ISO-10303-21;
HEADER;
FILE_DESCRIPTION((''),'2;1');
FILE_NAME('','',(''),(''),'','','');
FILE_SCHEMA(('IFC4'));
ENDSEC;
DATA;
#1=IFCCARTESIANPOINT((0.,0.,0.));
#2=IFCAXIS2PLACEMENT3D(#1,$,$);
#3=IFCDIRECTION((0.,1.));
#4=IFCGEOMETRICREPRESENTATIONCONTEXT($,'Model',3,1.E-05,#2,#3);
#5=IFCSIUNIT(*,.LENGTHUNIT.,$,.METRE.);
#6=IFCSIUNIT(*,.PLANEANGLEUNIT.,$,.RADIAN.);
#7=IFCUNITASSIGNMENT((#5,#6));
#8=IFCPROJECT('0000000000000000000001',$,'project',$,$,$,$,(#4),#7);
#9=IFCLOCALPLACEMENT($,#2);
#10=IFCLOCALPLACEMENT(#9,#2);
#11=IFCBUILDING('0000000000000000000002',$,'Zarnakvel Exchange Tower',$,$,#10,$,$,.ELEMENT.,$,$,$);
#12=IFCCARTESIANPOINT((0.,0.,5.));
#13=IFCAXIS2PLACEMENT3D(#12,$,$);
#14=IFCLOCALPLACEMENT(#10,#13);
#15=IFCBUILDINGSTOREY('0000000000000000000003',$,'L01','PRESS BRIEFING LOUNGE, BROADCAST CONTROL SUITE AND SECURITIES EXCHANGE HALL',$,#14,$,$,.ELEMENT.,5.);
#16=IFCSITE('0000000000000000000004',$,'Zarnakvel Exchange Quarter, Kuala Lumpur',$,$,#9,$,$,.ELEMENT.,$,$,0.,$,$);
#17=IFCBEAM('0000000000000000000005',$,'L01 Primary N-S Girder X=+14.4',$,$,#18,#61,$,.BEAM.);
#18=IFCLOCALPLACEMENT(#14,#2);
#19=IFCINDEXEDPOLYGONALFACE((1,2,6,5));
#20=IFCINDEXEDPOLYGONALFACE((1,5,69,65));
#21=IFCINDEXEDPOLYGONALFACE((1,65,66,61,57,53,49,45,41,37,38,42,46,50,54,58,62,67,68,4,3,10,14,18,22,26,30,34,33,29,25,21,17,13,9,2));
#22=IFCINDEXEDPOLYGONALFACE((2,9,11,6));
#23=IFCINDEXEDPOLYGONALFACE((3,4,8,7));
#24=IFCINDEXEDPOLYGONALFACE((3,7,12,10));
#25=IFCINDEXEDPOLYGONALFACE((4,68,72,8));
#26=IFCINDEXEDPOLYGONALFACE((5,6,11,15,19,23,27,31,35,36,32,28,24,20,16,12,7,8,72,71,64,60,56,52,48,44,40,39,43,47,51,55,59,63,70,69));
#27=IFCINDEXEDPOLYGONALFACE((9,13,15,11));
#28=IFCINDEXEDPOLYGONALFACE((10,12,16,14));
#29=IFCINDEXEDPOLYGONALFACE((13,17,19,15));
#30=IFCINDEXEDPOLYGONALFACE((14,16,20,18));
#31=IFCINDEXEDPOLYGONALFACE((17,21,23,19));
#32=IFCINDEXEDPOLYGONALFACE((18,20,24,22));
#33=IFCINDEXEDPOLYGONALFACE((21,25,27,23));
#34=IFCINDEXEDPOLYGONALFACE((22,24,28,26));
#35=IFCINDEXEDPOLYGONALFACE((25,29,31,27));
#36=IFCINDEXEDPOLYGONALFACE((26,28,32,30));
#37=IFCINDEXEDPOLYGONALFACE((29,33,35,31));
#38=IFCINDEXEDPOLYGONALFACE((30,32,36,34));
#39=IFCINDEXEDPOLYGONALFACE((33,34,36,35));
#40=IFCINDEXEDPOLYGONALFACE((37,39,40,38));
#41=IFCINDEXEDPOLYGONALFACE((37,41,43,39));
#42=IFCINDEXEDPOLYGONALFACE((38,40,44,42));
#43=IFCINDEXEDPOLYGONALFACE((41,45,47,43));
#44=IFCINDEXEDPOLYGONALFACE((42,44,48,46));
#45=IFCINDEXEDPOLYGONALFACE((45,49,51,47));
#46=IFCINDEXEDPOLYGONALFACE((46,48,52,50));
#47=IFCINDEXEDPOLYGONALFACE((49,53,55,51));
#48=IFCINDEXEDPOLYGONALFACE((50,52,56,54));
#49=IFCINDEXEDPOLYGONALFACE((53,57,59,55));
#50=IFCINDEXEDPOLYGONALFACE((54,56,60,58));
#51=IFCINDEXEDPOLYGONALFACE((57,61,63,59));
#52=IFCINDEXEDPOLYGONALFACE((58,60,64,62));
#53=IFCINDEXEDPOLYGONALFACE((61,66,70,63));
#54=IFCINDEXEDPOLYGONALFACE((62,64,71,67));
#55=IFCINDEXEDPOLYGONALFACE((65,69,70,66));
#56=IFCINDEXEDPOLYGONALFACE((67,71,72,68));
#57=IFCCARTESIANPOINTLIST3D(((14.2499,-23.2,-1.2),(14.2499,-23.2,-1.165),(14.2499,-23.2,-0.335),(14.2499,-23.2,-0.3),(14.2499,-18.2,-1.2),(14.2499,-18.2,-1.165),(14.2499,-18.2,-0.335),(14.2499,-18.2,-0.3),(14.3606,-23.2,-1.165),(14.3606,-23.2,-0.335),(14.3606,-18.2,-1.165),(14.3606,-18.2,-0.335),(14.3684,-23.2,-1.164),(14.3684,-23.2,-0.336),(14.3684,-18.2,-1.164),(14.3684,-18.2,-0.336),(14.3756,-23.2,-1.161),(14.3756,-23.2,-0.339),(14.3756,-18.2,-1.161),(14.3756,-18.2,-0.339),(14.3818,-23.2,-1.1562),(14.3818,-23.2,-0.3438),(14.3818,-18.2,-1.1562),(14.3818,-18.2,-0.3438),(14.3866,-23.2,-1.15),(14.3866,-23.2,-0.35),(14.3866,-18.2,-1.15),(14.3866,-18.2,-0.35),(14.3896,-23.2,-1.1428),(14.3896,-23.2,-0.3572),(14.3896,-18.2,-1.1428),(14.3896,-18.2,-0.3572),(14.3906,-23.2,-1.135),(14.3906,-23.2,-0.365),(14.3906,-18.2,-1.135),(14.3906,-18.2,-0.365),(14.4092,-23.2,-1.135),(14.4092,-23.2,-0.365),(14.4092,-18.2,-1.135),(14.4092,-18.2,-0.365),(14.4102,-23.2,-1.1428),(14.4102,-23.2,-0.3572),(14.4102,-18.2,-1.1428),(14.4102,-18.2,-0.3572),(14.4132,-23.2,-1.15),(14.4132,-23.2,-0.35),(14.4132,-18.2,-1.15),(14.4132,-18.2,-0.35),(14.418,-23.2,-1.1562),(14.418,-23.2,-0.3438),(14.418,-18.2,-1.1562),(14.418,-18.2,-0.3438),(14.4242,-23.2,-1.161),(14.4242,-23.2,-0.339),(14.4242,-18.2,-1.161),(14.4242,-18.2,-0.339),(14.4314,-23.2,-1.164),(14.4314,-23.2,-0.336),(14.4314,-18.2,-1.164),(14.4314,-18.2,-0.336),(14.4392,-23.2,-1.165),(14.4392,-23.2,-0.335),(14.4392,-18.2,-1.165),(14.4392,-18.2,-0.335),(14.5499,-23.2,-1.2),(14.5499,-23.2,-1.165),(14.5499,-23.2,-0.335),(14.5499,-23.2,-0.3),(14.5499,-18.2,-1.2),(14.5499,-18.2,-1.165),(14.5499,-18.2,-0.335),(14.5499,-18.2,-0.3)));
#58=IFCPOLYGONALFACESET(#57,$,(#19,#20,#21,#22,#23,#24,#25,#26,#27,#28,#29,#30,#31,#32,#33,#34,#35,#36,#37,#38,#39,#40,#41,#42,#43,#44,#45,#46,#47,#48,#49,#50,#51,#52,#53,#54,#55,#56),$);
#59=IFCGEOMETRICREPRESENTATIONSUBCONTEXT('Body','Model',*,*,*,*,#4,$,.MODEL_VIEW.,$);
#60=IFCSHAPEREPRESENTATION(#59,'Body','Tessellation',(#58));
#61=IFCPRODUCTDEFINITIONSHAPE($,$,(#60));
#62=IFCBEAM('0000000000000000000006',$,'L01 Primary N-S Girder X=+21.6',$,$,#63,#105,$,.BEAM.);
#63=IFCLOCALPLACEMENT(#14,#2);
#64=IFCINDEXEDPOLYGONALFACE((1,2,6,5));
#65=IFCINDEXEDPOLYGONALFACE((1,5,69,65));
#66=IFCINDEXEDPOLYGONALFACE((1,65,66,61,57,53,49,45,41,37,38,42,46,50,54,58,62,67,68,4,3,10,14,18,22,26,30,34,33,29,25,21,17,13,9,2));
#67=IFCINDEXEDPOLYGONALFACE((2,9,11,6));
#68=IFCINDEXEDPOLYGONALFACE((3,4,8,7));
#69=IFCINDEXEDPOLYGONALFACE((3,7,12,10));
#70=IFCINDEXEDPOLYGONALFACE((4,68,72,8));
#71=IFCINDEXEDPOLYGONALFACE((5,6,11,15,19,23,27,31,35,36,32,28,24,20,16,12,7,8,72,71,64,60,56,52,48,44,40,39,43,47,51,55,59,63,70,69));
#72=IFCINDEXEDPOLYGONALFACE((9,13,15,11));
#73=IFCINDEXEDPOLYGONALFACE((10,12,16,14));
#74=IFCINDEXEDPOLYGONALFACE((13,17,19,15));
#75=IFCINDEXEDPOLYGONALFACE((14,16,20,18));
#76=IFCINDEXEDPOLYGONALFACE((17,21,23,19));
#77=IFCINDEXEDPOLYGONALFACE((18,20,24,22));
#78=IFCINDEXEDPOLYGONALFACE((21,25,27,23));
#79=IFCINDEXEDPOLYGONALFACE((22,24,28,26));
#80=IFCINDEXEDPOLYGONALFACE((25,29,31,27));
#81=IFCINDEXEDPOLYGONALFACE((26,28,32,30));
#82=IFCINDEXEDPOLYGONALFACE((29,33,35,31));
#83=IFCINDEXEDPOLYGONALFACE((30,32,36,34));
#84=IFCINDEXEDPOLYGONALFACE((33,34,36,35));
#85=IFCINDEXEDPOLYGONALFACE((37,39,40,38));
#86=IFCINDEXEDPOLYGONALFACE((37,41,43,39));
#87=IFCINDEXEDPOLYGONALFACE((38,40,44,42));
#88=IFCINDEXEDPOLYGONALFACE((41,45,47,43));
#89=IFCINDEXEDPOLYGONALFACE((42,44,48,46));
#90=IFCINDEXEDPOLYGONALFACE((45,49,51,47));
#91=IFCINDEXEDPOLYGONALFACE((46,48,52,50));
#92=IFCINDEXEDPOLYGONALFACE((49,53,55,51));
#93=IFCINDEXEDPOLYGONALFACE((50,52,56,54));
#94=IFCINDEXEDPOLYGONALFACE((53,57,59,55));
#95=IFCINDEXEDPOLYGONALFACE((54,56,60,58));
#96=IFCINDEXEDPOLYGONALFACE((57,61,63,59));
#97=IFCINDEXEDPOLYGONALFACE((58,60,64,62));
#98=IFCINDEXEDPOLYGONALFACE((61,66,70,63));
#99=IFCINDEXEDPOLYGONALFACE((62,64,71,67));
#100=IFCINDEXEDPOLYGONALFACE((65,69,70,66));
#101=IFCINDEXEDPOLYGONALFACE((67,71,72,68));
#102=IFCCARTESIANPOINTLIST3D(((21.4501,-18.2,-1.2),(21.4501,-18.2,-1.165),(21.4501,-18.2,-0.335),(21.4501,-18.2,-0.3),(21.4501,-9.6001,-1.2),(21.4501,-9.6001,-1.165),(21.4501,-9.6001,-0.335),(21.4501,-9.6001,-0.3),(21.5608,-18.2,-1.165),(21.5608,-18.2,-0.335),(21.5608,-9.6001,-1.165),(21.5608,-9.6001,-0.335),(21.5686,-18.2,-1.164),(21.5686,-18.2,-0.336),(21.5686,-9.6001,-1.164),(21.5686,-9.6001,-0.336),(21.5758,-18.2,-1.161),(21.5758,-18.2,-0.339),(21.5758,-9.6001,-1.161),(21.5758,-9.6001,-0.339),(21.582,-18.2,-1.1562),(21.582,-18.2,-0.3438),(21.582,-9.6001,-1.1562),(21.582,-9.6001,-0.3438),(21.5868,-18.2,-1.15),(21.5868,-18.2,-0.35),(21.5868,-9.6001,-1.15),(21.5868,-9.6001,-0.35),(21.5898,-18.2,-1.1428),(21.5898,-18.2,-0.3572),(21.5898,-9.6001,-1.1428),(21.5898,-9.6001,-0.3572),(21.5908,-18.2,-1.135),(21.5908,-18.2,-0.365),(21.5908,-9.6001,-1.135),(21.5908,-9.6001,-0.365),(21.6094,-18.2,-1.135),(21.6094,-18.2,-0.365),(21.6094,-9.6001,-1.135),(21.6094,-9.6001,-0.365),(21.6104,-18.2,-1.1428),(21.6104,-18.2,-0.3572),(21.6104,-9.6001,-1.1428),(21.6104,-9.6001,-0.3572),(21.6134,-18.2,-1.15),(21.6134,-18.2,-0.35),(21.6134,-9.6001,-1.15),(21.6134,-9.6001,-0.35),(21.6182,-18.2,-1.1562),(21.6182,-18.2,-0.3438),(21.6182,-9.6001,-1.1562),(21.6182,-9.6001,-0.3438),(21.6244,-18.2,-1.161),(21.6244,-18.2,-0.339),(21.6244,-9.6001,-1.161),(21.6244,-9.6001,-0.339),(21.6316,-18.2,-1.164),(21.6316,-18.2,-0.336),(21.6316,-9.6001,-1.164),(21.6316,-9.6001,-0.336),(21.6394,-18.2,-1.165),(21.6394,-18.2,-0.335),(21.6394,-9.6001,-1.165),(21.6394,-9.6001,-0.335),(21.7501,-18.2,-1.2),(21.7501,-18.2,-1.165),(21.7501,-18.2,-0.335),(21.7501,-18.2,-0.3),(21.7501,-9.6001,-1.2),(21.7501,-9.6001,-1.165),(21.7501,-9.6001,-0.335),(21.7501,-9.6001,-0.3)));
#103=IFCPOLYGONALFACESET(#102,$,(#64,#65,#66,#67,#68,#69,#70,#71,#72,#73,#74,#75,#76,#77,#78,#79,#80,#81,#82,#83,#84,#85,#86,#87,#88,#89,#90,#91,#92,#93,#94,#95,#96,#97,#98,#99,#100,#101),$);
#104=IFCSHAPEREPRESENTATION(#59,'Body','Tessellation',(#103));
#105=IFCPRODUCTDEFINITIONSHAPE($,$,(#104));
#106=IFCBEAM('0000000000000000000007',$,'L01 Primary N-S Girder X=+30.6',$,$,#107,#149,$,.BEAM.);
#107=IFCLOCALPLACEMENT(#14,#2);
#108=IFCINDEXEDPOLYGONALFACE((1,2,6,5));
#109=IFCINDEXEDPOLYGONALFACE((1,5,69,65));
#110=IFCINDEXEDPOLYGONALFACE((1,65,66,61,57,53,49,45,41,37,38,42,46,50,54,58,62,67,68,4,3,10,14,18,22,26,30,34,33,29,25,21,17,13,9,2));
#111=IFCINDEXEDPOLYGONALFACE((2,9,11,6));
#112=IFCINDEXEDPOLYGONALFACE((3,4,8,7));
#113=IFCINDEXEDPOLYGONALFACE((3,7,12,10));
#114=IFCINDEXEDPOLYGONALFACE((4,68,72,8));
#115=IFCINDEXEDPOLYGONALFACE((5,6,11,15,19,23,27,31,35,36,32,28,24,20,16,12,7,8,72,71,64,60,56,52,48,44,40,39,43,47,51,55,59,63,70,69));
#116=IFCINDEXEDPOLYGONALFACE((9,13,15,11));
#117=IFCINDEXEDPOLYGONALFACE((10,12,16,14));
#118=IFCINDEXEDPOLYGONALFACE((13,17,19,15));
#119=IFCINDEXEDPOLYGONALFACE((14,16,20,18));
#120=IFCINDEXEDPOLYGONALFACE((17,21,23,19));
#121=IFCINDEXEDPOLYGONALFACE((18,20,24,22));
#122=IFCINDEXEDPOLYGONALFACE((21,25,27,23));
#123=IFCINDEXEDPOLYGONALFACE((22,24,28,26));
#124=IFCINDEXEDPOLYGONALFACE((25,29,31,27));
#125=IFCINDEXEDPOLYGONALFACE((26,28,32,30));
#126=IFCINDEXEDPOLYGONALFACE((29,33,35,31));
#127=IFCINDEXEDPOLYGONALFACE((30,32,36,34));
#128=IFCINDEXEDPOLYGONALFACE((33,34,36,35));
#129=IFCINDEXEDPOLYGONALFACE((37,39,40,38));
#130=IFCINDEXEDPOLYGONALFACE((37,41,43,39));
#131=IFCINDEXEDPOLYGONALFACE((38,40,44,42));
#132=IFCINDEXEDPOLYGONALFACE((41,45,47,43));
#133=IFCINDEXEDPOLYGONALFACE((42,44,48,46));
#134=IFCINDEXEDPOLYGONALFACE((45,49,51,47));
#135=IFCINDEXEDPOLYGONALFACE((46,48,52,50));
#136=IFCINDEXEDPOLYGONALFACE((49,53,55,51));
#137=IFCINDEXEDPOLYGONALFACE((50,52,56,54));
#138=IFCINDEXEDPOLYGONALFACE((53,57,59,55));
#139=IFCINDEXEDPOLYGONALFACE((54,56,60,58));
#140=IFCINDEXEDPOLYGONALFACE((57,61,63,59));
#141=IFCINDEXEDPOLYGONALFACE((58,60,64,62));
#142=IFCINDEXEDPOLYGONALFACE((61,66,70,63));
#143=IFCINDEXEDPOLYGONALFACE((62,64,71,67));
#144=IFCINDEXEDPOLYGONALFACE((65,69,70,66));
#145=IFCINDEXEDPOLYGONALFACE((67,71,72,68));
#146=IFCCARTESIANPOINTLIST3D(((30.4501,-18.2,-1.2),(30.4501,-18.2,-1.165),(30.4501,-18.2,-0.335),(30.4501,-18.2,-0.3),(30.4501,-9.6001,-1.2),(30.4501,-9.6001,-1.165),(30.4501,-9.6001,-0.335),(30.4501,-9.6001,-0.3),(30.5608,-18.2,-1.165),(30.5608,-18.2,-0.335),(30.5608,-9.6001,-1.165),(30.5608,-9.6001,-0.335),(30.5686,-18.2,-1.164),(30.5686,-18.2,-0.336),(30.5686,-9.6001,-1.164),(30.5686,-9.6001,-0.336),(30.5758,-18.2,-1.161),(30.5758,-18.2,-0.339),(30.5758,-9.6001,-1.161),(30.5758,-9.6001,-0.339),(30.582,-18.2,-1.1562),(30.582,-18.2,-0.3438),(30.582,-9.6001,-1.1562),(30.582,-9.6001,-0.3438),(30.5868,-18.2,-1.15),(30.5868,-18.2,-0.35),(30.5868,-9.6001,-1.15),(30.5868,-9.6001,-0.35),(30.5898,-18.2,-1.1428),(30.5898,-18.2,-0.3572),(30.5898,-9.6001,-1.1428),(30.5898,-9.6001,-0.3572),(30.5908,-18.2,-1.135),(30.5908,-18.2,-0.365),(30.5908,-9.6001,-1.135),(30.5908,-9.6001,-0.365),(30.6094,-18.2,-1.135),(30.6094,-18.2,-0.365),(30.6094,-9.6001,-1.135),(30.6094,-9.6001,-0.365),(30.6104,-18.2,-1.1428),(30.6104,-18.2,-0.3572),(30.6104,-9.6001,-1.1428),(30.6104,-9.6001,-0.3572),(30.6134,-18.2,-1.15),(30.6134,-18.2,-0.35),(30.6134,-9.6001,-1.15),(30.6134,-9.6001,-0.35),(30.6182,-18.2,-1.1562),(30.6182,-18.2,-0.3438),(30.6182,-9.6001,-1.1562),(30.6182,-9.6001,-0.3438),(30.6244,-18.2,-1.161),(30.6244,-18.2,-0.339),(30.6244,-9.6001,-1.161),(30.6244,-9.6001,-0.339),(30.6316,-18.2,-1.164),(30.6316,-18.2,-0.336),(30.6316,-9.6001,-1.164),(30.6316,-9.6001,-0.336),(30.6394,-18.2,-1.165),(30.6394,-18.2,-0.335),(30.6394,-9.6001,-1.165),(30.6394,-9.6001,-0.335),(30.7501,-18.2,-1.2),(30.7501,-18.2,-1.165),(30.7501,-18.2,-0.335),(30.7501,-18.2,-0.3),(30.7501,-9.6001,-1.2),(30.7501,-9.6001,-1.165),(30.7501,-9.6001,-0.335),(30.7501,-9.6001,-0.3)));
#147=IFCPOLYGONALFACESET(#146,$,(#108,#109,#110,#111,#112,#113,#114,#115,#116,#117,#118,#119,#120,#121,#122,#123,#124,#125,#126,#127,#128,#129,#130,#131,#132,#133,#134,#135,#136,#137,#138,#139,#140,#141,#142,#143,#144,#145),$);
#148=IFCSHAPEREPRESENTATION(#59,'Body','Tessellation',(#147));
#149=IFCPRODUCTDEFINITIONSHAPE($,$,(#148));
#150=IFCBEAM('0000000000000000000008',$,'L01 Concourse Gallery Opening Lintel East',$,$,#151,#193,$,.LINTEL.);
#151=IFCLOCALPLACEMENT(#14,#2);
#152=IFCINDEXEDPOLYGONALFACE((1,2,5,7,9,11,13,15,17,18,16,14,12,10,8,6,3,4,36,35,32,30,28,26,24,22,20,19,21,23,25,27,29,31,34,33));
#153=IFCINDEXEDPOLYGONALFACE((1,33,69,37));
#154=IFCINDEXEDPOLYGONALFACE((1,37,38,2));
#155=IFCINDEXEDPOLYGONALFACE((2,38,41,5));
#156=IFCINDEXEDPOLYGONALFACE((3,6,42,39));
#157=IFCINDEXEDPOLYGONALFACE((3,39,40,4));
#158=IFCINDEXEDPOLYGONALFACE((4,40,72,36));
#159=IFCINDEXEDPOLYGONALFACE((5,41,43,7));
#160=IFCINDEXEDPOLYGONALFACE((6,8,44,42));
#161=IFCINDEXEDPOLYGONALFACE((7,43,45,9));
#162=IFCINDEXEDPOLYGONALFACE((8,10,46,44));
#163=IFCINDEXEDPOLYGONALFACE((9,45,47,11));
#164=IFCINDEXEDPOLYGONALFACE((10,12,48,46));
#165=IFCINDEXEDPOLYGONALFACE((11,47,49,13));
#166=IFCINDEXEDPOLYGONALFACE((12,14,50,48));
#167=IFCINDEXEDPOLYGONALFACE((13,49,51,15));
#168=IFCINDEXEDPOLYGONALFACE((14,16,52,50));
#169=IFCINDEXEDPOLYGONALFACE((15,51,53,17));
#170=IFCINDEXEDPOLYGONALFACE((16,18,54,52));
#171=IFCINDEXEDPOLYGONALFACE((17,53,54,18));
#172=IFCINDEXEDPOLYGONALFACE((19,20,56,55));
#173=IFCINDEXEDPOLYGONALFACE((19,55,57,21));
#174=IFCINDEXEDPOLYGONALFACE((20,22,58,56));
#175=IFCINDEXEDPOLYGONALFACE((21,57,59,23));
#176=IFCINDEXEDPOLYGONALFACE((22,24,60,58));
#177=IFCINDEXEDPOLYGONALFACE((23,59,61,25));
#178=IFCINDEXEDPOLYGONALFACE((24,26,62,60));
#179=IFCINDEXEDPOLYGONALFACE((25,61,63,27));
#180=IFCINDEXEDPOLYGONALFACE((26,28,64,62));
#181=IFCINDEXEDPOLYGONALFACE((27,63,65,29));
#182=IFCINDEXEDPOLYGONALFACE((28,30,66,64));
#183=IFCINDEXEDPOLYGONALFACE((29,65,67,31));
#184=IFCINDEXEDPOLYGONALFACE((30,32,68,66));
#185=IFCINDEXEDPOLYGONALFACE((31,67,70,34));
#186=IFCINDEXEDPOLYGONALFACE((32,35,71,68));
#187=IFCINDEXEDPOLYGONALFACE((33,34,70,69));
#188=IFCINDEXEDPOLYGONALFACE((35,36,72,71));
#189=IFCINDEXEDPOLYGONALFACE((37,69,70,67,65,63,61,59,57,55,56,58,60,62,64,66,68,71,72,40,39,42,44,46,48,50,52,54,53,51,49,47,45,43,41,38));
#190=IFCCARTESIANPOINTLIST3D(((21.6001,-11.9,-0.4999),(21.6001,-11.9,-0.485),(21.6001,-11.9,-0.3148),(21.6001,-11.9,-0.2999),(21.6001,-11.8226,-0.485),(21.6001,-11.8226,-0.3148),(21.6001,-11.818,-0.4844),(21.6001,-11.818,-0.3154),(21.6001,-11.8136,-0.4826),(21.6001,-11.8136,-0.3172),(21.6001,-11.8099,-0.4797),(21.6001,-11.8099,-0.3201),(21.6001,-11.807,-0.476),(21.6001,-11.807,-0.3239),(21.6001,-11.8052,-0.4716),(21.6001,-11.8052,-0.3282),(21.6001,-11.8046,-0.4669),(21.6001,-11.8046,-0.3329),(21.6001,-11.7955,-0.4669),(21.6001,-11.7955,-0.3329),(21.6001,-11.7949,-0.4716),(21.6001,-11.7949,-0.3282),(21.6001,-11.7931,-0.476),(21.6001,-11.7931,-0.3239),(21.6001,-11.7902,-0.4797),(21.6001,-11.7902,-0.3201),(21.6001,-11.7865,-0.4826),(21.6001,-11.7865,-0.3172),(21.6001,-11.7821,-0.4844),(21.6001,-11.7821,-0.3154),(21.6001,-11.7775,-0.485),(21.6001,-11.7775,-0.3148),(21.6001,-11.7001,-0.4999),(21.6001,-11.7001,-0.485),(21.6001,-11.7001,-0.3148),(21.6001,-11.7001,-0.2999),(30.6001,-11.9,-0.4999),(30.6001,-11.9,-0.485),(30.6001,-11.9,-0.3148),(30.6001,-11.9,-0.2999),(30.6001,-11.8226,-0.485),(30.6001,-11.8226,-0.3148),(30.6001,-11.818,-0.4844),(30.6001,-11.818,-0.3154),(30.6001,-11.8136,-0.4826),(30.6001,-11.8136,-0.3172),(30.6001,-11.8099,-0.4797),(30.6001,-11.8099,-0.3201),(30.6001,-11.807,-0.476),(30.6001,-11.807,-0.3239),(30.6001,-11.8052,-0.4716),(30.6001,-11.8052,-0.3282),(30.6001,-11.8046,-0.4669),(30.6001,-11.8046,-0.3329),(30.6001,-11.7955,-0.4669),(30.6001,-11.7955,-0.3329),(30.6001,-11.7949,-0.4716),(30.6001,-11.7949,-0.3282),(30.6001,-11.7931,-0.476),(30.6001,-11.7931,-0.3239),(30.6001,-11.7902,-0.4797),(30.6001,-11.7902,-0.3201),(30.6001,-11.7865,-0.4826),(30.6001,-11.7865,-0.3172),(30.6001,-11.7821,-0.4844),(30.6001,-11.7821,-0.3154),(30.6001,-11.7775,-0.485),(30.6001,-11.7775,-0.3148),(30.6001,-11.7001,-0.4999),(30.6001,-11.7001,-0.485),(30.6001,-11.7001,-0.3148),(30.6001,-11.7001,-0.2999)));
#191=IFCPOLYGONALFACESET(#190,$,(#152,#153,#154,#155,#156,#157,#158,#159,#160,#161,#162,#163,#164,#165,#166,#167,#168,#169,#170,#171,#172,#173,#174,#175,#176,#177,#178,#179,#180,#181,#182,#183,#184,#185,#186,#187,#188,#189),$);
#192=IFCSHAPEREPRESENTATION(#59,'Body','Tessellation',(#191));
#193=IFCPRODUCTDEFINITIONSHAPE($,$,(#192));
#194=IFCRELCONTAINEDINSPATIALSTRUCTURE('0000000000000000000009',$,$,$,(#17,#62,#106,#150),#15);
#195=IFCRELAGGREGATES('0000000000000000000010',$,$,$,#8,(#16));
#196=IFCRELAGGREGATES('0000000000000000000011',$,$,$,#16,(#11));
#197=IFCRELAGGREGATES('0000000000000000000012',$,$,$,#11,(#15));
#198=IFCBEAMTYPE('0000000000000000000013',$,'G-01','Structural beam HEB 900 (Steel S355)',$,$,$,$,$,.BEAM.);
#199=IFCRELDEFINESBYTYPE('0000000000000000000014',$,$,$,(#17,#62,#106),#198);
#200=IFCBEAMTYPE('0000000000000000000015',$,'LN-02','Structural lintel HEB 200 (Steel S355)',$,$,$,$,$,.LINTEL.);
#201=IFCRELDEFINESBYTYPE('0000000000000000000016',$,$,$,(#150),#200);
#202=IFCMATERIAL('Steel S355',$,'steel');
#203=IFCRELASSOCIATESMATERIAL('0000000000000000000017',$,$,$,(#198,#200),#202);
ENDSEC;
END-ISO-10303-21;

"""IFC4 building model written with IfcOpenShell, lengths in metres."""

from ifc_helpers import new_model, si_unit, direction, frame, origin, origin_2d, place, context, subcontext, project, spatial, i_section, extrude, material, material_profile, profile_set, type_object, element, save


model = new_model("IFC4")

# Units and contexts
model_context = context("Model", 3, precision=1e-05, world=origin(), true_north=direction((0.0, 1.0)))
body_context = subcontext(model_context, "Body", "Model", "MODEL_VIEW")
ifc_project = project(units=[si_unit("LENGTHUNIT", "METRE"), si_unit("PLANEANGLEUNIT", "RADIAN")], contexts=[model_context])

# Site, building, storey
site_placement = place(None, origin())
site = spatial("IfcSite", under=ifc_project, at=site_placement, Name="Zarnakvel Exchange Quarter, Kuala Lumpur", CompositionType="ELEMENT", RefElevation=0.0)
building_placement = place(site_placement, origin())
building = spatial("IfcBuilding", under=site, at=building_placement, Name="Zarnakvel Exchange Tower", CompositionType="ELEMENT")
storey_placement = place(building_placement, frame((0.0, 0.0, 5.0)))
storey = spatial("IfcBuildingStorey", under=building, at=storey_placement, Name="L01", Description="PRESS BRIEFING LOUNGE, BROADCAST CONTROL SUITE AND SECURITIES EXCHANGE HALL", CompositionType="ELEMENT", Elevation=5.0)

# Beams
ifc_material_1 = material(Name="Steel S355", Category="steel")
ifc_material_profile_1 = material_profile(ifc_material_1, i_section(OverallWidth=0.3, OverallDepth=0.8999, WebThickness=0.0186, FlangeThickness=0.0349, FilletRadius=0.03, at=origin_2d()))
ifc_profile_set_1 = profile_set([ifc_material_profile_1], Name="Steel S355")
beam_type_1 = type_object("IfcBeamType", Name="G-01", Description="Structural beam HEB 900 (Steel S355)", PredefinedType="BEAM", material=ifc_profile_set_1)
beam_1_placement = place(storey_placement, frame((14.3999, -23.2, -0.75), z_axis=(0.0, 1.0, 0.0), x_axis=(-1.0, 0.0, 0.0)))
element("IfcBeam", 1, at=beam_1_placement, inside=storey, type_object=beam_type_1, Name="L01 Primary N-S Girder X=+14.4", PredefinedType="BEAM", context=body_context, shape_type="SweptSolid", body=[
    extrude(i_section(OverallWidth=0.3, OverallDepth=0.8999, WebThickness=0.0186, FlangeThickness=0.0349, FilletRadius=0.03, at=origin_2d()), origin(), (0.0, 0.0, 1.0), 5.0),
])
for number, where, z_axis, x_axis, name in (
    (2, (21.6001, -18.2, -0.75), (0.0, 1.0, 0.0), (-1.0, 0.0, 0.0), "L01 Primary N-S Girder X=+21.6"),
    (3, (30.6001, -18.2, -0.75), (0.0, 1.0, 0.0), (-1.0, 0.0, 0.0), "L01 Primary N-S Girder X=+30.6"),
):
    element("IfcBeam", number, at=place(storey_placement, frame(where, z_axis=z_axis, x_axis=x_axis)), inside=storey, type_object=beam_type_1, Name=name, PredefinedType="BEAM", context=body_context, shape_type="SweptSolid", body=[
        extrude(i_section(OverallWidth=0.3, OverallDepth=0.8999, WebThickness=0.0186, FlangeThickness=0.0349, FilletRadius=0.03, at=origin_2d()), origin(), (0.0, 0.0, 1.0), 8.5999),
    ])
ifc_material_profile_2 = material_profile(ifc_material_1, i_section(OverallWidth=0.2, OverallDepth=0.2, WebThickness=0.009, FlangeThickness=0.0149, FilletRadius=0.0181, at=origin_2d()))
ifc_profile_set_2 = profile_set([ifc_material_profile_2], Name="Steel S355")
beam_type_2 = type_object("IfcBeamType", Name="LN-02", Description="Structural lintel HEB 200 (Steel S355)", PredefinedType="LINTEL", material=ifc_profile_set_2)
beam_2_placement = place(storey_placement, frame((21.6001, -11.8, -0.3999), z_axis=(1.0, 0.0, 0.0), x_axis=(0.0, 1.0, 0.0)))
element("IfcBeam", 4, at=beam_2_placement, inside=storey, type_object=beam_type_2, Name="L01 Concourse Gallery Opening Lintel East", PredefinedType="LINTEL", context=body_context, shape_type="SweptSolid", body=[
    extrude(i_section(OverallWidth=0.2, OverallDepth=0.2, WebThickness=0.009, FlangeThickness=0.0149, FilletRadius=0.0181, at=origin_2d()), origin(), (0.0, 0.0, 1.0), 9.0),
])

save(model, "model.ifc")
